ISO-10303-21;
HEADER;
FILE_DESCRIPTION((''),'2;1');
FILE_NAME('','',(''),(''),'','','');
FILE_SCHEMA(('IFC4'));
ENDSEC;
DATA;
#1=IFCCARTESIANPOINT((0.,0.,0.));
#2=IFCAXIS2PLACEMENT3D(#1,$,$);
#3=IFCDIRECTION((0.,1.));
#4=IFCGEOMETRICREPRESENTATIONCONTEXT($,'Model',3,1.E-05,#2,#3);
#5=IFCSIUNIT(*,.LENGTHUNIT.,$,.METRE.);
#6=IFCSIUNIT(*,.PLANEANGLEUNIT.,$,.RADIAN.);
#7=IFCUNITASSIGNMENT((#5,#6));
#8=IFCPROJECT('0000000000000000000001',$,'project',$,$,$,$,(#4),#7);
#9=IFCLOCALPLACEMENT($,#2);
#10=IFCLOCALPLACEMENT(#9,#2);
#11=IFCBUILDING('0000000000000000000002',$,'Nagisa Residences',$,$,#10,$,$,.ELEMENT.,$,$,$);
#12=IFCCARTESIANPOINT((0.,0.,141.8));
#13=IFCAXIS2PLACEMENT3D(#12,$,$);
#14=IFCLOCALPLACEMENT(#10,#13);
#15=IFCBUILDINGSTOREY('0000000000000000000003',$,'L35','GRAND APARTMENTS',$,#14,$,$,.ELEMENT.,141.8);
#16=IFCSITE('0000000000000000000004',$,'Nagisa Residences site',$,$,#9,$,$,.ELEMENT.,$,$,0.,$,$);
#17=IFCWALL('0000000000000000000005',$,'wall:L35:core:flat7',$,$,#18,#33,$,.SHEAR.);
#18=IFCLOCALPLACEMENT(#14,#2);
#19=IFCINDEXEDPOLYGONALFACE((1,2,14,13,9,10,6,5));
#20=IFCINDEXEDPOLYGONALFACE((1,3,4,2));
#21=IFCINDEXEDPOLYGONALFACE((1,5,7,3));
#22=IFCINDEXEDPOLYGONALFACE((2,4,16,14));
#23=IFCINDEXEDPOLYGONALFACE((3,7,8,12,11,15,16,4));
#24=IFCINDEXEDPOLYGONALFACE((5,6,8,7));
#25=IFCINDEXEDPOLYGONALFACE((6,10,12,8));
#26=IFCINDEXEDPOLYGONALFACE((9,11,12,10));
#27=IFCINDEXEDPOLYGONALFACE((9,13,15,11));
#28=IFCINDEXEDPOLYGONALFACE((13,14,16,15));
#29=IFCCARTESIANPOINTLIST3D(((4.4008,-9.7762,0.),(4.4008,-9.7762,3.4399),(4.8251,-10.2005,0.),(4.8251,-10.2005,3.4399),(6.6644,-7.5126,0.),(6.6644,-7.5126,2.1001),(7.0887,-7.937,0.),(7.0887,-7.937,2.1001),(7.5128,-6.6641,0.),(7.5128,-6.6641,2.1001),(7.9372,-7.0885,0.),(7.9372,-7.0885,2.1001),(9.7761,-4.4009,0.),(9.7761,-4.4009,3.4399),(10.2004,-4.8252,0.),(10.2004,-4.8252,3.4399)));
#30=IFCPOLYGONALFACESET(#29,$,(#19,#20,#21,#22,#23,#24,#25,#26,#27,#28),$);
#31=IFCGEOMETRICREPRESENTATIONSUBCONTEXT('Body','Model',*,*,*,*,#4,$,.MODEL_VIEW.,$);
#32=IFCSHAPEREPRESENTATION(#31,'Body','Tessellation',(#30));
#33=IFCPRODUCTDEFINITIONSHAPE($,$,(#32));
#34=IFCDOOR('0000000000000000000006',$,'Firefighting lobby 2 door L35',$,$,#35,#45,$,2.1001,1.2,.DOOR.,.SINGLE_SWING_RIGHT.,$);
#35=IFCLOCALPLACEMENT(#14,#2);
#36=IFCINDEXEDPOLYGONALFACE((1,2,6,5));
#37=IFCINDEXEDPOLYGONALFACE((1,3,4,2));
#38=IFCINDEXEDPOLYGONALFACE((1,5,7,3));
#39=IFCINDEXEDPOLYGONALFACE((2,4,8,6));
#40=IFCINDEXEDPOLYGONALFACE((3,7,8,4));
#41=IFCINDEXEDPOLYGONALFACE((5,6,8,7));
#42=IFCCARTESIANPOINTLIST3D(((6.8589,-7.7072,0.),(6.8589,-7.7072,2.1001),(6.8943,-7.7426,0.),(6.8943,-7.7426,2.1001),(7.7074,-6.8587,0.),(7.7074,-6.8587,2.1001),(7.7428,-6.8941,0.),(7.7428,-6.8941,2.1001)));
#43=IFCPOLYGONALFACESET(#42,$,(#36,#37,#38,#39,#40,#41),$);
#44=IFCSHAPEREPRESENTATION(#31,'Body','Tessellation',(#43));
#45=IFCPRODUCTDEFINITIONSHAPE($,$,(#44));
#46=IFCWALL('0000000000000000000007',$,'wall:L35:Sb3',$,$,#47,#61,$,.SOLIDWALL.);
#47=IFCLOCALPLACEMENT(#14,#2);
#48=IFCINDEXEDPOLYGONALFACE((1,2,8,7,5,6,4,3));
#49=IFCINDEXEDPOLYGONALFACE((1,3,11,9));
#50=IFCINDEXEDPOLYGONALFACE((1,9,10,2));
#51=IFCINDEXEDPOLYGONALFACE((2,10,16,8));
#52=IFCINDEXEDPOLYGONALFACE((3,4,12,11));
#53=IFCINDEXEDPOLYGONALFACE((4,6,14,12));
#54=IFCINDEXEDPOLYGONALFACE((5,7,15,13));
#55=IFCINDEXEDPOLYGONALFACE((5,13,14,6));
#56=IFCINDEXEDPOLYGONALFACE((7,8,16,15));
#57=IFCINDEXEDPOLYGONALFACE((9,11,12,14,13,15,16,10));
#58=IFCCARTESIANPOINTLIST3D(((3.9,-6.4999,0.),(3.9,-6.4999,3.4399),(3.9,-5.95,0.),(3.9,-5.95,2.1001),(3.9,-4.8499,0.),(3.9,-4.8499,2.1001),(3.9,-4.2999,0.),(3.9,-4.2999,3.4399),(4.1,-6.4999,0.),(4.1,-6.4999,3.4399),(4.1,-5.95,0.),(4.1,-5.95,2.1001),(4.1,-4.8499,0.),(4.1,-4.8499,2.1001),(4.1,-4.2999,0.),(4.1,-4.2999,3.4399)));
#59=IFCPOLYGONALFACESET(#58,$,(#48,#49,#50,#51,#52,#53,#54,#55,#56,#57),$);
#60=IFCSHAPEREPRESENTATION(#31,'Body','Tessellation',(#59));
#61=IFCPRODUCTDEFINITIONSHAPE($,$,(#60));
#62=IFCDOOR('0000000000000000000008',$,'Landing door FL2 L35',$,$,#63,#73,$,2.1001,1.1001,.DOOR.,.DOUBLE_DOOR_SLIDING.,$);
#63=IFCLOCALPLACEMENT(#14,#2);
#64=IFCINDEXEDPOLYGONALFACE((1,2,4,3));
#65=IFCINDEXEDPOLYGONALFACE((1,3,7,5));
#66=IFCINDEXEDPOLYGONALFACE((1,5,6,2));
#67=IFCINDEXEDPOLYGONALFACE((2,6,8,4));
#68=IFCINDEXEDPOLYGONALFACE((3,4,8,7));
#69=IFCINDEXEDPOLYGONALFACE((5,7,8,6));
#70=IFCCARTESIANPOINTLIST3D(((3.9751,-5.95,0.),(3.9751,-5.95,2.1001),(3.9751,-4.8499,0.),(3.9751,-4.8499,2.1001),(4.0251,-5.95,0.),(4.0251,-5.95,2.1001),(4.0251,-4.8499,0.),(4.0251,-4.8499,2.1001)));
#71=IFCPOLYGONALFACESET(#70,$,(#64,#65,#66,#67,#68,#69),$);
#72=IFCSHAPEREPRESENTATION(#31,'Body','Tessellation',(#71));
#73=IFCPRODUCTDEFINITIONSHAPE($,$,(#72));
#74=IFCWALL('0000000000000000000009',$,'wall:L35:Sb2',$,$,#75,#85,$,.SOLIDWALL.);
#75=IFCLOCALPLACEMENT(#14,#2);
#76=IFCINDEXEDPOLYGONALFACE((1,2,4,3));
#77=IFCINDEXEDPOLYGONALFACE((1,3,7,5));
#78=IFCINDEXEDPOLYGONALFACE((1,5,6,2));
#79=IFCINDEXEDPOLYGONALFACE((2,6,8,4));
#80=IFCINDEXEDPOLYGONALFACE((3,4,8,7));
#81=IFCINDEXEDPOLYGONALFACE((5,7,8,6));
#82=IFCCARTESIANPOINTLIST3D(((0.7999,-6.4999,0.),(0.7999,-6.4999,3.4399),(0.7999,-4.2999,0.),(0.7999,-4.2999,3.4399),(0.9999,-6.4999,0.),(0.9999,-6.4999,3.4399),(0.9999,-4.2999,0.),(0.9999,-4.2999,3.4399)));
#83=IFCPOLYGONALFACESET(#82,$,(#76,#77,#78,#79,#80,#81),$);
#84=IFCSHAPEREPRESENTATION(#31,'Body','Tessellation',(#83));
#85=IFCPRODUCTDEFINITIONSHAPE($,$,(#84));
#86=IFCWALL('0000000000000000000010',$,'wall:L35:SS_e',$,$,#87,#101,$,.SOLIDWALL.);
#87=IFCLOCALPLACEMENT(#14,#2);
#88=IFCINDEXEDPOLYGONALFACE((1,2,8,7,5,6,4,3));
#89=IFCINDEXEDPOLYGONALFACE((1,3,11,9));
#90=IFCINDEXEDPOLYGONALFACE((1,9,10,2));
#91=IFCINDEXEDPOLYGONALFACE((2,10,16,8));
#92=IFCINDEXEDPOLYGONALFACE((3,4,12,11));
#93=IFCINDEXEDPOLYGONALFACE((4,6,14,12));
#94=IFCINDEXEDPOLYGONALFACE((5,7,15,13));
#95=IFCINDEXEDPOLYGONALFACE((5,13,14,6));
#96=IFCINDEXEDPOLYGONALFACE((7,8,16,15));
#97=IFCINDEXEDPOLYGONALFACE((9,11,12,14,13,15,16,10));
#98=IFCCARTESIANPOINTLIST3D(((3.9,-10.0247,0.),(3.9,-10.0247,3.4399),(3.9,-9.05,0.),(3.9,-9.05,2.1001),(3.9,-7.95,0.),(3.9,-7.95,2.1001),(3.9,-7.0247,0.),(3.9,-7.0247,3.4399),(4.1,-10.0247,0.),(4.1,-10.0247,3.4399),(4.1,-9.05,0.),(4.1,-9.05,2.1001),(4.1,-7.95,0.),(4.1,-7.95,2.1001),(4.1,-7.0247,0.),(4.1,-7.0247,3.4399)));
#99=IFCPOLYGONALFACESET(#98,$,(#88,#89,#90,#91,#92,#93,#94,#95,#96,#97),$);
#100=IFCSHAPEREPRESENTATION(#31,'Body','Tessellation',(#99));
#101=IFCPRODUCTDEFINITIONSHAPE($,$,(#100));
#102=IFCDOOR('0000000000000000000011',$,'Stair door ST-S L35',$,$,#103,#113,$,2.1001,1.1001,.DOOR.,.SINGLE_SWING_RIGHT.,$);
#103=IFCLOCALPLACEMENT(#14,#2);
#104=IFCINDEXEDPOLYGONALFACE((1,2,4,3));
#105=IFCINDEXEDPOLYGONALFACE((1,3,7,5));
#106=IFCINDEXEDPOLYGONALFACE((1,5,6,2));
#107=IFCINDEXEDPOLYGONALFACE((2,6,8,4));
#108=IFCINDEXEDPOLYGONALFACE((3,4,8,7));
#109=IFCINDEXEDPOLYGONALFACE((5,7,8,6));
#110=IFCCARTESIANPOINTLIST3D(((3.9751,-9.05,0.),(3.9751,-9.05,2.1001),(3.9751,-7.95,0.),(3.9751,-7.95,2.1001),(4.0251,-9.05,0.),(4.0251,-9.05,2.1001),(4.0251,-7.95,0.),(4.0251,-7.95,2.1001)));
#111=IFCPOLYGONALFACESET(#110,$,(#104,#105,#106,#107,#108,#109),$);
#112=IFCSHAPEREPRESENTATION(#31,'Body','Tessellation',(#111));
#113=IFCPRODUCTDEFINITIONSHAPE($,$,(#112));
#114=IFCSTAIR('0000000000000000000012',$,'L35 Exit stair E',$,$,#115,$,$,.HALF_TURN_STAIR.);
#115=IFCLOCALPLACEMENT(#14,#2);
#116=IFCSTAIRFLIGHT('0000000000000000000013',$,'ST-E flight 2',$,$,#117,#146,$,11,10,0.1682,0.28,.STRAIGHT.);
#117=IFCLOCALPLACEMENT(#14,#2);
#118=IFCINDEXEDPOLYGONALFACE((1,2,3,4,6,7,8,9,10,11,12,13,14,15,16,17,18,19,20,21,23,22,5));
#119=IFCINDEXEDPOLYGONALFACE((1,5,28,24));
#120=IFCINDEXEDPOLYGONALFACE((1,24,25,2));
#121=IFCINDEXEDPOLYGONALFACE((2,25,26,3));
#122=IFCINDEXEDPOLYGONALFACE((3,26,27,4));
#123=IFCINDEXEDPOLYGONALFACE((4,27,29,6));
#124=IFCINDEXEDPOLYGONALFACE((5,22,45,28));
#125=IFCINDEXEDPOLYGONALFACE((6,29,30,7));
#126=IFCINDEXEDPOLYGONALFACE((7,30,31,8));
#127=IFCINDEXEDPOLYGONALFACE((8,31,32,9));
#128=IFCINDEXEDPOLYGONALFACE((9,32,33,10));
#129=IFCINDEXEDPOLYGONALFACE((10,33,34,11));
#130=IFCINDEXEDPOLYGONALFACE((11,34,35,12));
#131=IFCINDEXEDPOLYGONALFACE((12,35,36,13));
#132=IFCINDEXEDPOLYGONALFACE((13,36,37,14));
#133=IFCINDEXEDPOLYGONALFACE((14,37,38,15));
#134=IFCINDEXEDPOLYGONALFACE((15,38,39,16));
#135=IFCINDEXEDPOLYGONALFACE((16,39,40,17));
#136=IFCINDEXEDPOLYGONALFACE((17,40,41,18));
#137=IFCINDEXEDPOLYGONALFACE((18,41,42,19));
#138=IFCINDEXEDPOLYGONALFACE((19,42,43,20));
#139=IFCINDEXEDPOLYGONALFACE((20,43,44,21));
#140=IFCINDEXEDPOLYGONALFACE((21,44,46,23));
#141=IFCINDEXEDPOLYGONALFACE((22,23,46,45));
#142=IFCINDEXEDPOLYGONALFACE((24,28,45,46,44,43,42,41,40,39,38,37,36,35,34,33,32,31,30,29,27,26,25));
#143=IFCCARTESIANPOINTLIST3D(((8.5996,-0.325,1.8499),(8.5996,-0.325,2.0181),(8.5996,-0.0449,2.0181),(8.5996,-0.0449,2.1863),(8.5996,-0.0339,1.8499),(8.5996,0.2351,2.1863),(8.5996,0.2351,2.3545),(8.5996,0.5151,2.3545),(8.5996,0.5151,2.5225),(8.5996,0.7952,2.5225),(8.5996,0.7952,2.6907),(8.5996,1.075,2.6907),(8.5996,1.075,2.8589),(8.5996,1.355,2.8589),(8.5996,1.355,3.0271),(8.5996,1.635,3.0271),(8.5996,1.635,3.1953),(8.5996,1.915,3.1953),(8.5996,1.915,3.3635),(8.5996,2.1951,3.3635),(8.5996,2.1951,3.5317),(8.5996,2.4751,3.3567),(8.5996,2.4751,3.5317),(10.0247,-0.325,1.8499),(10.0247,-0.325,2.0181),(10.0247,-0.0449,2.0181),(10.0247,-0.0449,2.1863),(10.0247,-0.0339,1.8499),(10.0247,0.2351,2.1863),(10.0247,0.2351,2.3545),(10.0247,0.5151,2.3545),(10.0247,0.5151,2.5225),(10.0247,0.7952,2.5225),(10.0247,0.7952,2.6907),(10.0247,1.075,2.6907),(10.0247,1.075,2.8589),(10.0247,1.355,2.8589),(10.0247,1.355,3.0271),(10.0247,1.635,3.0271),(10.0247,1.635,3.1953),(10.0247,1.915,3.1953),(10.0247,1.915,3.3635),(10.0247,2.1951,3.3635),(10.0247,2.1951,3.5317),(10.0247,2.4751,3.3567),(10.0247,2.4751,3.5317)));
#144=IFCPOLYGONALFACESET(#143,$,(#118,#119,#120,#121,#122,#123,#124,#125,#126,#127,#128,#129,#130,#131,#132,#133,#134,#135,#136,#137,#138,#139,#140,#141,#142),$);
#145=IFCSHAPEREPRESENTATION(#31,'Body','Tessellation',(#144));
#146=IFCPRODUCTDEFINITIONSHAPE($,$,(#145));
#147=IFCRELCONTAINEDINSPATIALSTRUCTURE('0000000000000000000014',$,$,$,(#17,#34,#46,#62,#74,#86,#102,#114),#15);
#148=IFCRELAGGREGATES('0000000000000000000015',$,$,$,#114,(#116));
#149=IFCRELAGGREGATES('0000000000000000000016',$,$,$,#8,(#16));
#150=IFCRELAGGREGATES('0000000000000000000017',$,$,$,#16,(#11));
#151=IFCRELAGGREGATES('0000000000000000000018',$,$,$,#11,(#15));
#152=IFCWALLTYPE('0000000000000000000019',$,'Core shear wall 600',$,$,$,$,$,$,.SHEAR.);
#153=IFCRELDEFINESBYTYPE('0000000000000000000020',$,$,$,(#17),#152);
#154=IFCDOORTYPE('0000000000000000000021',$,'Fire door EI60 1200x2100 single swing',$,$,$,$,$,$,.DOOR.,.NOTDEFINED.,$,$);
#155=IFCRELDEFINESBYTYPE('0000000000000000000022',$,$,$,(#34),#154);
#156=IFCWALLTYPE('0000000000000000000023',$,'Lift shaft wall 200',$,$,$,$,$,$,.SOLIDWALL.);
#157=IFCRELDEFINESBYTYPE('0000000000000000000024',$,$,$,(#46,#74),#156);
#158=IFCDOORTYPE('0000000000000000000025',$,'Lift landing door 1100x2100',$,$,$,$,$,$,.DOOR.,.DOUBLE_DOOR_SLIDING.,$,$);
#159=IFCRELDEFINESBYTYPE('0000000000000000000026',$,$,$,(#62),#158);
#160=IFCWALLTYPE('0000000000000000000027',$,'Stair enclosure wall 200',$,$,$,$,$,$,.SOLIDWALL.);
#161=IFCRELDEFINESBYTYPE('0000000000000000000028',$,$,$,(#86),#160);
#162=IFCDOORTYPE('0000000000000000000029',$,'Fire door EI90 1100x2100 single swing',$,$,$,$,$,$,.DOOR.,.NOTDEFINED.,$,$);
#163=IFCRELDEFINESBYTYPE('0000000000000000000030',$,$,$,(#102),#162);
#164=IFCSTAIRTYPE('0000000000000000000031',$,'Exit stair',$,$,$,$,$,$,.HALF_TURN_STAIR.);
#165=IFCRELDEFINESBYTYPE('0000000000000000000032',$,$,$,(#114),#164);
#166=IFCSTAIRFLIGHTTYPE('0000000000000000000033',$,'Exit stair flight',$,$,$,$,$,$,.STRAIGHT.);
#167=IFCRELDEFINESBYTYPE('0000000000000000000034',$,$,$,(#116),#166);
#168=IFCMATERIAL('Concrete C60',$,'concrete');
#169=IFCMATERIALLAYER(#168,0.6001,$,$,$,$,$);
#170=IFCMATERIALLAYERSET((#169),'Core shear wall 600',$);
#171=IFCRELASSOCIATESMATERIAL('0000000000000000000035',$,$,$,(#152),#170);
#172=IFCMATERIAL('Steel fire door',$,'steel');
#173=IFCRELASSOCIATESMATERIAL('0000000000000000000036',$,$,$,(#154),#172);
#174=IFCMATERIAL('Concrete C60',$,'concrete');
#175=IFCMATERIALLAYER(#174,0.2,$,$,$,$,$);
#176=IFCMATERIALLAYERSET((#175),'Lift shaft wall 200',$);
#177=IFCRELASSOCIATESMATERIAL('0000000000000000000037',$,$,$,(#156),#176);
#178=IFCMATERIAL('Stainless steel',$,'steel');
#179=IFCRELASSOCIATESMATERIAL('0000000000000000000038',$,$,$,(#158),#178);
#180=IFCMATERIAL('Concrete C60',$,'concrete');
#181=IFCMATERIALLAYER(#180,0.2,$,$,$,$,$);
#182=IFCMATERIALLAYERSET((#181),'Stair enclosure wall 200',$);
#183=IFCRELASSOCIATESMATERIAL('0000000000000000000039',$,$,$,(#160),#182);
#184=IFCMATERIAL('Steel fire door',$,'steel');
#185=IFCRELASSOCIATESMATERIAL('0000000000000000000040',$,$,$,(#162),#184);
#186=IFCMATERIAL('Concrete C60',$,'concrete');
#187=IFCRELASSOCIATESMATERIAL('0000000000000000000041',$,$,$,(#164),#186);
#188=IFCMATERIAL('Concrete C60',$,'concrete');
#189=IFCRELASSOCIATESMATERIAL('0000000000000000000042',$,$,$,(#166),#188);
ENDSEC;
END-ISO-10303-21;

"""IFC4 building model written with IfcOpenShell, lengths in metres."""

from ifc_helpers import new_model, si_unit, direction, frame, frame_2d, origin, place, context, subcontext, project, spatial, polyline, rectangle, outline, extrude, material, layer, layer_set, type_object, element, fill, aggregate, save


model = new_model("IFC4")

# Units and contexts
model_context = context("Model", 3, precision=1e-05, world=origin(), true_north=direction((0.0, 1.0)))
body_context = subcontext(model_context, "Body", "Model", "MODEL_VIEW")
ifc_project = project(units=[si_unit("LENGTHUNIT", "METRE"), si_unit("PLANEANGLEUNIT", "RADIAN")], contexts=[model_context])

# Site, building, storey
site_placement = place(None, origin())
site = spatial("IfcSite", under=ifc_project, at=site_placement, Name="Nagisa Residences site", CompositionType="ELEMENT", RefElevation=0.0)
building_placement = place(site_placement, origin())
building = spatial("IfcBuilding", under=site, at=building_placement, Name="Nagisa Residences", CompositionType="ELEMENT")
storey_placement = place(building_placement, frame((0.0, 0.0, 141.8)))
storey = spatial("IfcBuildingStorey", under=building, at=storey_placement, Name="L35", Description="GRAND APARTMENTS", CompositionType="ELEMENT", Elevation=141.8)

# Walls, openings, doors
ifc_material_1 = material(Name="Concrete C60", Category="concrete")
ifc_layer_1 = layer(ifc_material_1, 0.6001)
ifc_layer_set_1 = layer_set([ifc_layer_1], Name="Core shear wall 600")
wall_type_1 = type_object("IfcWallType", Name="Core shear wall 600", PredefinedType="SHEAR", material=ifc_layer_set_1)
wall_1_placement = place(storey_placement, frame((4.613, -9.9883, 0.0), z_axis=(0.0, 0.0, 1.0), x_axis=(0.707107, 0.707107, 0.0)))
wall_1 = element("IfcWall", 1, at=wall_1_placement, inside=storey, type_object=wall_type_1, Name="wall:L35:core:flat7", PredefinedType="SHEAR", context=body_context, shape_type="SweptSolid", body=[
    extrude(rectangle(XDim=7.6018, YDim=0.6001, at=frame_2d((3.8008, 0.0))), origin(), (0.0, 0.0, 1.0), 3.4399),
])
opening_1_placement = place(wall_1_placement, frame((3.2009, 0.0, 0.0)))
opening_1 = element("IfcOpeningElement", 2, at=opening_1_placement, cuts=wall_1, PredefinedType="OPENING", context=body_context, shape_type="SweptSolid", body=[
    extrude(rectangle(XDim=1.2, YDim=2.1001, at=frame_2d((0.6001, 1.05))), frame((0.0, 0.3101, 0.0), z_axis=(0.0, -1.0, 0.0), x_axis=(1.0, 0.0, 0.0)), (0.0, 0.0, 1.0), 0.6201),
])
ifc_material_2 = material(Name="Steel fire door", Category="steel")
door_type_1 = type_object("IfcDoorType", Name="Fire door EI60 1200x2100 single swing", OperationType="NOTDEFINED", PredefinedType="DOOR", material=ifc_material_2)
door_1_placement = place(opening_1_placement, origin())
door_1 = element("IfcDoor", 3, at=door_1_placement, inside=storey, type_object=door_type_1, Name="Firefighting lobby 2 door L35", OperationType="SINGLE_SWING_RIGHT", OverallHeight=2.1001, OverallWidth=1.2, PredefinedType="DOOR", context=body_context, shape_type="SweptSolid", body=[
    extrude(rectangle(XDim=1.2, YDim=2.1001, at=frame_2d((0.6001, 1.05))), frame((0.0, 0.0249, 0.0), z_axis=(0.0, -1.0, 0.0), x_axis=(1.0, 0.0, 0.0)), (0.0, 0.0, 1.0), 0.05),
])
fill(opening_1, door_1)
ifc_material_3 = material(Name="Concrete C60", Category="concrete")
ifc_layer_2 = layer(ifc_material_3, 0.2)
ifc_layer_set_2 = layer_set([ifc_layer_2], Name="Lift shaft wall 200")
wall_type_2 = type_object("IfcWallType", Name="Lift shaft wall 200", PredefinedType="SOLIDWALL", material=ifc_layer_set_2)
wall_2_placement = place(storey_placement, frame((4.0, -6.5, 0.0), z_axis=(0.0, 0.0, 1.0), x_axis=(0.0, 1.0, 0.0)))
wall_2 = element("IfcWall", 4, at=wall_2_placement, inside=storey, type_object=wall_type_2, Name="wall:L35:Sb3", PredefinedType="SOLIDWALL", context=body_context, shape_type="SweptSolid", body=[
    extrude(rectangle(XDim=2.2, YDim=0.2, at=frame_2d((1.1001, 0.0))), origin(), (0.0, 0.0, 1.0), 3.4399),
])
opening_2_placement = place(wall_2_placement, frame((0.55, 0.0, 0.0)))
opening_2 = element("IfcOpeningElement", 5, at=opening_2_placement, cuts=wall_2, PredefinedType="OPENING", context=body_context, shape_type="SweptSolid", body=[
    extrude(rectangle(XDim=1.1001, YDim=2.1001, at=frame_2d((0.55, 1.05))), frame((0.0, 0.1099, 0.0), z_axis=(0.0, -1.0, 0.0), x_axis=(1.0, 0.0, 0.0)), (0.0, 0.0, 1.0), 0.22),
])
ifc_material_4 = material(Name="Stainless steel", Category="steel")
door_type_2 = type_object("IfcDoorType", Name="Lift landing door 1100x2100", OperationType="DOUBLE_DOOR_SLIDING", PredefinedType="DOOR", material=ifc_material_4)
door_2_placement = place(opening_2_placement, origin())
door_2 = element("IfcDoor", 6, at=door_2_placement, inside=storey, type_object=door_type_2, Name="Landing door FL2 L35", OperationType="DOUBLE_DOOR_SLIDING", OverallHeight=2.1001, OverallWidth=1.1001, PredefinedType="DOOR", context=body_context, shape_type="SweptSolid", body=[
    extrude(rectangle(XDim=1.1001, YDim=2.1001, at=frame_2d((0.55, 1.05))), frame((0.0, 0.0249, 0.0), z_axis=(0.0, -1.0, 0.0), x_axis=(1.0, 0.0, 0.0)), (0.0, 0.0, 1.0), 0.05),
])
fill(opening_2, door_2)

# Wall
wall_3_placement = place(storey_placement, frame((0.8999, -6.5, 0.0), z_axis=(0.0, 0.0, 1.0), x_axis=(0.0, 1.0, 0.0)))
element("IfcWall", 7, at=wall_3_placement, inside=storey, type_object=wall_type_2, Name="wall:L35:Sb2", PredefinedType="SOLIDWALL", context=body_context, shape_type="SweptSolid", body=[
    extrude(rectangle(XDim=2.2, YDim=0.2, at=frame_2d((1.1001, 0.0))), origin(), (0.0, 0.0, 1.0), 3.4399),
])

# Wall, opening, door
ifc_material_5 = material(Name="Concrete C60", Category="concrete")
ifc_layer_3 = layer(ifc_material_5, 0.2)
ifc_layer_set_3 = layer_set([ifc_layer_3], Name="Stair enclosure wall 200")
wall_type_3 = type_object("IfcWallType", Name="Stair enclosure wall 200", PredefinedType="SOLIDWALL", material=ifc_layer_set_3)
wall_4_placement = place(storey_placement, frame((4.0, -10.0247, 0.0), z_axis=(0.0, 0.0, 1.0), x_axis=(0.0, 1.0, 0.0)))
wall_4 = element("IfcWall", 8, at=wall_4_placement, inside=storey, type_object=wall_type_3, Name="wall:L35:SS_e", PredefinedType="SOLIDWALL", context=body_context, shape_type="SweptSolid", body=[
    extrude(rectangle(XDim=3.0, YDim=0.2, at=frame_2d((1.5, 0.0))), origin(), (0.0, 0.0, 1.0), 3.4399),
])
opening_3_placement = place(wall_4_placement, frame((0.9746, 0.0, 0.0)))
opening_3 = element("IfcOpeningElement", 9, at=opening_3_placement, cuts=wall_4, PredefinedType="OPENING", context=body_context, shape_type="SweptSolid", body=[
    extrude(rectangle(XDim=1.1001, YDim=2.1001, at=frame_2d((0.55, 1.05))), frame((0.0, 0.1099, 0.0), z_axis=(0.0, -1.0, 0.0), x_axis=(1.0, 0.0, 0.0)), (0.0, 0.0, 1.0), 0.22),
])
ifc_material_6 = material(Name="Steel fire door", Category="steel")
door_type_3 = type_object("IfcDoorType", Name="Fire door EI90 1100x2100 single swing", OperationType="NOTDEFINED", PredefinedType="DOOR", material=ifc_material_6)
door_3_placement = place(opening_3_placement, origin())
door_3 = element("IfcDoor", 10, at=door_3_placement, inside=storey, type_object=door_type_3, Name="Stair door ST-S L35", OperationType="SINGLE_SWING_RIGHT", OverallHeight=2.1001, OverallWidth=1.1001, PredefinedType="DOOR", context=body_context, shape_type="SweptSolid", body=[
    extrude(rectangle(XDim=1.1001, YDim=2.1001, at=frame_2d((0.55, 1.05))), frame((0.0, 0.0249, 0.0), z_axis=(0.0, -1.0, 0.0), x_axis=(1.0, 0.0, 0.0)), (0.0, 0.0, 1.0), 0.05),
])
fill(opening_3, door_3)

# Stair, stair flight
ifc_material_7 = material(Name="Concrete C60", Category="concrete")
stair_type = type_object("IfcStairType", Name="Exit stair", PredefinedType="HALF_TURN_STAIR", material=ifc_material_7)
stair_1_placement = place(storey_placement, origin())
stair_1 = element("IfcStair", 11, at=stair_1_placement, inside=storey, type_object=stair_type, Name="L35 Exit stair E", PredefinedType="HALF_TURN_STAIR")
ifc_material_8 = material(Name="Concrete C60", Category="concrete")
stair_flight_type = type_object("IfcStairFlightType", Name="Exit stair flight", PredefinedType="STRAIGHT", material=ifc_material_8)
stair_flight_1_placement = place(storey_placement, frame((9.312, -0.325, 1.8499), z_axis=(0.0, 0.0, 1.0), x_axis=(0.0, 1.0, 0.0)))
stair_flight_1 = element("IfcStairFlight", 12, at=stair_flight_1_placement, type_object=stair_flight_type, Name="ST-E flight 2", NumberOfRisers=11, NumberOfTreads=10, PredefinedType="STRAIGHT", RiserHeight=0.1682, TreadLength=0.28, context=body_context, shape_type="SweptSolid", body=[
    extrude(outline(polyline([(0.0, 0.0), (0.0, 0.1682), (0.28, 0.1682), (0.28, 0.3364), (0.5601, 0.3364), (0.5601, 0.5046), (0.8401, 0.5046), (0.8401, 0.6726), (1.1201, 0.6726), (1.1201, 0.8408), (1.3999, 0.8408), (1.3999, 1.009), (1.6799, 1.009), (1.6799, 1.1772), (1.96, 1.1772), (1.96, 1.3455), (2.24, 1.3455), (2.24, 1.5137), (2.52, 1.5137), (2.52, 1.6819), (2.8, 1.6819), (2.8, 1.8501), (2.8, 1.5068), (0.291, 0.0), (0.0, 0.0)])), frame((0.0, 0.7124, 0.0), z_axis=(0.0, -1.0, 0.0), x_axis=(1.0, 0.0, 0.0)), (0.0, 0.0, 1.0), 1.425),
])
aggregate(stair_1, [stair_flight_1])

save(model, "model.ifc")
